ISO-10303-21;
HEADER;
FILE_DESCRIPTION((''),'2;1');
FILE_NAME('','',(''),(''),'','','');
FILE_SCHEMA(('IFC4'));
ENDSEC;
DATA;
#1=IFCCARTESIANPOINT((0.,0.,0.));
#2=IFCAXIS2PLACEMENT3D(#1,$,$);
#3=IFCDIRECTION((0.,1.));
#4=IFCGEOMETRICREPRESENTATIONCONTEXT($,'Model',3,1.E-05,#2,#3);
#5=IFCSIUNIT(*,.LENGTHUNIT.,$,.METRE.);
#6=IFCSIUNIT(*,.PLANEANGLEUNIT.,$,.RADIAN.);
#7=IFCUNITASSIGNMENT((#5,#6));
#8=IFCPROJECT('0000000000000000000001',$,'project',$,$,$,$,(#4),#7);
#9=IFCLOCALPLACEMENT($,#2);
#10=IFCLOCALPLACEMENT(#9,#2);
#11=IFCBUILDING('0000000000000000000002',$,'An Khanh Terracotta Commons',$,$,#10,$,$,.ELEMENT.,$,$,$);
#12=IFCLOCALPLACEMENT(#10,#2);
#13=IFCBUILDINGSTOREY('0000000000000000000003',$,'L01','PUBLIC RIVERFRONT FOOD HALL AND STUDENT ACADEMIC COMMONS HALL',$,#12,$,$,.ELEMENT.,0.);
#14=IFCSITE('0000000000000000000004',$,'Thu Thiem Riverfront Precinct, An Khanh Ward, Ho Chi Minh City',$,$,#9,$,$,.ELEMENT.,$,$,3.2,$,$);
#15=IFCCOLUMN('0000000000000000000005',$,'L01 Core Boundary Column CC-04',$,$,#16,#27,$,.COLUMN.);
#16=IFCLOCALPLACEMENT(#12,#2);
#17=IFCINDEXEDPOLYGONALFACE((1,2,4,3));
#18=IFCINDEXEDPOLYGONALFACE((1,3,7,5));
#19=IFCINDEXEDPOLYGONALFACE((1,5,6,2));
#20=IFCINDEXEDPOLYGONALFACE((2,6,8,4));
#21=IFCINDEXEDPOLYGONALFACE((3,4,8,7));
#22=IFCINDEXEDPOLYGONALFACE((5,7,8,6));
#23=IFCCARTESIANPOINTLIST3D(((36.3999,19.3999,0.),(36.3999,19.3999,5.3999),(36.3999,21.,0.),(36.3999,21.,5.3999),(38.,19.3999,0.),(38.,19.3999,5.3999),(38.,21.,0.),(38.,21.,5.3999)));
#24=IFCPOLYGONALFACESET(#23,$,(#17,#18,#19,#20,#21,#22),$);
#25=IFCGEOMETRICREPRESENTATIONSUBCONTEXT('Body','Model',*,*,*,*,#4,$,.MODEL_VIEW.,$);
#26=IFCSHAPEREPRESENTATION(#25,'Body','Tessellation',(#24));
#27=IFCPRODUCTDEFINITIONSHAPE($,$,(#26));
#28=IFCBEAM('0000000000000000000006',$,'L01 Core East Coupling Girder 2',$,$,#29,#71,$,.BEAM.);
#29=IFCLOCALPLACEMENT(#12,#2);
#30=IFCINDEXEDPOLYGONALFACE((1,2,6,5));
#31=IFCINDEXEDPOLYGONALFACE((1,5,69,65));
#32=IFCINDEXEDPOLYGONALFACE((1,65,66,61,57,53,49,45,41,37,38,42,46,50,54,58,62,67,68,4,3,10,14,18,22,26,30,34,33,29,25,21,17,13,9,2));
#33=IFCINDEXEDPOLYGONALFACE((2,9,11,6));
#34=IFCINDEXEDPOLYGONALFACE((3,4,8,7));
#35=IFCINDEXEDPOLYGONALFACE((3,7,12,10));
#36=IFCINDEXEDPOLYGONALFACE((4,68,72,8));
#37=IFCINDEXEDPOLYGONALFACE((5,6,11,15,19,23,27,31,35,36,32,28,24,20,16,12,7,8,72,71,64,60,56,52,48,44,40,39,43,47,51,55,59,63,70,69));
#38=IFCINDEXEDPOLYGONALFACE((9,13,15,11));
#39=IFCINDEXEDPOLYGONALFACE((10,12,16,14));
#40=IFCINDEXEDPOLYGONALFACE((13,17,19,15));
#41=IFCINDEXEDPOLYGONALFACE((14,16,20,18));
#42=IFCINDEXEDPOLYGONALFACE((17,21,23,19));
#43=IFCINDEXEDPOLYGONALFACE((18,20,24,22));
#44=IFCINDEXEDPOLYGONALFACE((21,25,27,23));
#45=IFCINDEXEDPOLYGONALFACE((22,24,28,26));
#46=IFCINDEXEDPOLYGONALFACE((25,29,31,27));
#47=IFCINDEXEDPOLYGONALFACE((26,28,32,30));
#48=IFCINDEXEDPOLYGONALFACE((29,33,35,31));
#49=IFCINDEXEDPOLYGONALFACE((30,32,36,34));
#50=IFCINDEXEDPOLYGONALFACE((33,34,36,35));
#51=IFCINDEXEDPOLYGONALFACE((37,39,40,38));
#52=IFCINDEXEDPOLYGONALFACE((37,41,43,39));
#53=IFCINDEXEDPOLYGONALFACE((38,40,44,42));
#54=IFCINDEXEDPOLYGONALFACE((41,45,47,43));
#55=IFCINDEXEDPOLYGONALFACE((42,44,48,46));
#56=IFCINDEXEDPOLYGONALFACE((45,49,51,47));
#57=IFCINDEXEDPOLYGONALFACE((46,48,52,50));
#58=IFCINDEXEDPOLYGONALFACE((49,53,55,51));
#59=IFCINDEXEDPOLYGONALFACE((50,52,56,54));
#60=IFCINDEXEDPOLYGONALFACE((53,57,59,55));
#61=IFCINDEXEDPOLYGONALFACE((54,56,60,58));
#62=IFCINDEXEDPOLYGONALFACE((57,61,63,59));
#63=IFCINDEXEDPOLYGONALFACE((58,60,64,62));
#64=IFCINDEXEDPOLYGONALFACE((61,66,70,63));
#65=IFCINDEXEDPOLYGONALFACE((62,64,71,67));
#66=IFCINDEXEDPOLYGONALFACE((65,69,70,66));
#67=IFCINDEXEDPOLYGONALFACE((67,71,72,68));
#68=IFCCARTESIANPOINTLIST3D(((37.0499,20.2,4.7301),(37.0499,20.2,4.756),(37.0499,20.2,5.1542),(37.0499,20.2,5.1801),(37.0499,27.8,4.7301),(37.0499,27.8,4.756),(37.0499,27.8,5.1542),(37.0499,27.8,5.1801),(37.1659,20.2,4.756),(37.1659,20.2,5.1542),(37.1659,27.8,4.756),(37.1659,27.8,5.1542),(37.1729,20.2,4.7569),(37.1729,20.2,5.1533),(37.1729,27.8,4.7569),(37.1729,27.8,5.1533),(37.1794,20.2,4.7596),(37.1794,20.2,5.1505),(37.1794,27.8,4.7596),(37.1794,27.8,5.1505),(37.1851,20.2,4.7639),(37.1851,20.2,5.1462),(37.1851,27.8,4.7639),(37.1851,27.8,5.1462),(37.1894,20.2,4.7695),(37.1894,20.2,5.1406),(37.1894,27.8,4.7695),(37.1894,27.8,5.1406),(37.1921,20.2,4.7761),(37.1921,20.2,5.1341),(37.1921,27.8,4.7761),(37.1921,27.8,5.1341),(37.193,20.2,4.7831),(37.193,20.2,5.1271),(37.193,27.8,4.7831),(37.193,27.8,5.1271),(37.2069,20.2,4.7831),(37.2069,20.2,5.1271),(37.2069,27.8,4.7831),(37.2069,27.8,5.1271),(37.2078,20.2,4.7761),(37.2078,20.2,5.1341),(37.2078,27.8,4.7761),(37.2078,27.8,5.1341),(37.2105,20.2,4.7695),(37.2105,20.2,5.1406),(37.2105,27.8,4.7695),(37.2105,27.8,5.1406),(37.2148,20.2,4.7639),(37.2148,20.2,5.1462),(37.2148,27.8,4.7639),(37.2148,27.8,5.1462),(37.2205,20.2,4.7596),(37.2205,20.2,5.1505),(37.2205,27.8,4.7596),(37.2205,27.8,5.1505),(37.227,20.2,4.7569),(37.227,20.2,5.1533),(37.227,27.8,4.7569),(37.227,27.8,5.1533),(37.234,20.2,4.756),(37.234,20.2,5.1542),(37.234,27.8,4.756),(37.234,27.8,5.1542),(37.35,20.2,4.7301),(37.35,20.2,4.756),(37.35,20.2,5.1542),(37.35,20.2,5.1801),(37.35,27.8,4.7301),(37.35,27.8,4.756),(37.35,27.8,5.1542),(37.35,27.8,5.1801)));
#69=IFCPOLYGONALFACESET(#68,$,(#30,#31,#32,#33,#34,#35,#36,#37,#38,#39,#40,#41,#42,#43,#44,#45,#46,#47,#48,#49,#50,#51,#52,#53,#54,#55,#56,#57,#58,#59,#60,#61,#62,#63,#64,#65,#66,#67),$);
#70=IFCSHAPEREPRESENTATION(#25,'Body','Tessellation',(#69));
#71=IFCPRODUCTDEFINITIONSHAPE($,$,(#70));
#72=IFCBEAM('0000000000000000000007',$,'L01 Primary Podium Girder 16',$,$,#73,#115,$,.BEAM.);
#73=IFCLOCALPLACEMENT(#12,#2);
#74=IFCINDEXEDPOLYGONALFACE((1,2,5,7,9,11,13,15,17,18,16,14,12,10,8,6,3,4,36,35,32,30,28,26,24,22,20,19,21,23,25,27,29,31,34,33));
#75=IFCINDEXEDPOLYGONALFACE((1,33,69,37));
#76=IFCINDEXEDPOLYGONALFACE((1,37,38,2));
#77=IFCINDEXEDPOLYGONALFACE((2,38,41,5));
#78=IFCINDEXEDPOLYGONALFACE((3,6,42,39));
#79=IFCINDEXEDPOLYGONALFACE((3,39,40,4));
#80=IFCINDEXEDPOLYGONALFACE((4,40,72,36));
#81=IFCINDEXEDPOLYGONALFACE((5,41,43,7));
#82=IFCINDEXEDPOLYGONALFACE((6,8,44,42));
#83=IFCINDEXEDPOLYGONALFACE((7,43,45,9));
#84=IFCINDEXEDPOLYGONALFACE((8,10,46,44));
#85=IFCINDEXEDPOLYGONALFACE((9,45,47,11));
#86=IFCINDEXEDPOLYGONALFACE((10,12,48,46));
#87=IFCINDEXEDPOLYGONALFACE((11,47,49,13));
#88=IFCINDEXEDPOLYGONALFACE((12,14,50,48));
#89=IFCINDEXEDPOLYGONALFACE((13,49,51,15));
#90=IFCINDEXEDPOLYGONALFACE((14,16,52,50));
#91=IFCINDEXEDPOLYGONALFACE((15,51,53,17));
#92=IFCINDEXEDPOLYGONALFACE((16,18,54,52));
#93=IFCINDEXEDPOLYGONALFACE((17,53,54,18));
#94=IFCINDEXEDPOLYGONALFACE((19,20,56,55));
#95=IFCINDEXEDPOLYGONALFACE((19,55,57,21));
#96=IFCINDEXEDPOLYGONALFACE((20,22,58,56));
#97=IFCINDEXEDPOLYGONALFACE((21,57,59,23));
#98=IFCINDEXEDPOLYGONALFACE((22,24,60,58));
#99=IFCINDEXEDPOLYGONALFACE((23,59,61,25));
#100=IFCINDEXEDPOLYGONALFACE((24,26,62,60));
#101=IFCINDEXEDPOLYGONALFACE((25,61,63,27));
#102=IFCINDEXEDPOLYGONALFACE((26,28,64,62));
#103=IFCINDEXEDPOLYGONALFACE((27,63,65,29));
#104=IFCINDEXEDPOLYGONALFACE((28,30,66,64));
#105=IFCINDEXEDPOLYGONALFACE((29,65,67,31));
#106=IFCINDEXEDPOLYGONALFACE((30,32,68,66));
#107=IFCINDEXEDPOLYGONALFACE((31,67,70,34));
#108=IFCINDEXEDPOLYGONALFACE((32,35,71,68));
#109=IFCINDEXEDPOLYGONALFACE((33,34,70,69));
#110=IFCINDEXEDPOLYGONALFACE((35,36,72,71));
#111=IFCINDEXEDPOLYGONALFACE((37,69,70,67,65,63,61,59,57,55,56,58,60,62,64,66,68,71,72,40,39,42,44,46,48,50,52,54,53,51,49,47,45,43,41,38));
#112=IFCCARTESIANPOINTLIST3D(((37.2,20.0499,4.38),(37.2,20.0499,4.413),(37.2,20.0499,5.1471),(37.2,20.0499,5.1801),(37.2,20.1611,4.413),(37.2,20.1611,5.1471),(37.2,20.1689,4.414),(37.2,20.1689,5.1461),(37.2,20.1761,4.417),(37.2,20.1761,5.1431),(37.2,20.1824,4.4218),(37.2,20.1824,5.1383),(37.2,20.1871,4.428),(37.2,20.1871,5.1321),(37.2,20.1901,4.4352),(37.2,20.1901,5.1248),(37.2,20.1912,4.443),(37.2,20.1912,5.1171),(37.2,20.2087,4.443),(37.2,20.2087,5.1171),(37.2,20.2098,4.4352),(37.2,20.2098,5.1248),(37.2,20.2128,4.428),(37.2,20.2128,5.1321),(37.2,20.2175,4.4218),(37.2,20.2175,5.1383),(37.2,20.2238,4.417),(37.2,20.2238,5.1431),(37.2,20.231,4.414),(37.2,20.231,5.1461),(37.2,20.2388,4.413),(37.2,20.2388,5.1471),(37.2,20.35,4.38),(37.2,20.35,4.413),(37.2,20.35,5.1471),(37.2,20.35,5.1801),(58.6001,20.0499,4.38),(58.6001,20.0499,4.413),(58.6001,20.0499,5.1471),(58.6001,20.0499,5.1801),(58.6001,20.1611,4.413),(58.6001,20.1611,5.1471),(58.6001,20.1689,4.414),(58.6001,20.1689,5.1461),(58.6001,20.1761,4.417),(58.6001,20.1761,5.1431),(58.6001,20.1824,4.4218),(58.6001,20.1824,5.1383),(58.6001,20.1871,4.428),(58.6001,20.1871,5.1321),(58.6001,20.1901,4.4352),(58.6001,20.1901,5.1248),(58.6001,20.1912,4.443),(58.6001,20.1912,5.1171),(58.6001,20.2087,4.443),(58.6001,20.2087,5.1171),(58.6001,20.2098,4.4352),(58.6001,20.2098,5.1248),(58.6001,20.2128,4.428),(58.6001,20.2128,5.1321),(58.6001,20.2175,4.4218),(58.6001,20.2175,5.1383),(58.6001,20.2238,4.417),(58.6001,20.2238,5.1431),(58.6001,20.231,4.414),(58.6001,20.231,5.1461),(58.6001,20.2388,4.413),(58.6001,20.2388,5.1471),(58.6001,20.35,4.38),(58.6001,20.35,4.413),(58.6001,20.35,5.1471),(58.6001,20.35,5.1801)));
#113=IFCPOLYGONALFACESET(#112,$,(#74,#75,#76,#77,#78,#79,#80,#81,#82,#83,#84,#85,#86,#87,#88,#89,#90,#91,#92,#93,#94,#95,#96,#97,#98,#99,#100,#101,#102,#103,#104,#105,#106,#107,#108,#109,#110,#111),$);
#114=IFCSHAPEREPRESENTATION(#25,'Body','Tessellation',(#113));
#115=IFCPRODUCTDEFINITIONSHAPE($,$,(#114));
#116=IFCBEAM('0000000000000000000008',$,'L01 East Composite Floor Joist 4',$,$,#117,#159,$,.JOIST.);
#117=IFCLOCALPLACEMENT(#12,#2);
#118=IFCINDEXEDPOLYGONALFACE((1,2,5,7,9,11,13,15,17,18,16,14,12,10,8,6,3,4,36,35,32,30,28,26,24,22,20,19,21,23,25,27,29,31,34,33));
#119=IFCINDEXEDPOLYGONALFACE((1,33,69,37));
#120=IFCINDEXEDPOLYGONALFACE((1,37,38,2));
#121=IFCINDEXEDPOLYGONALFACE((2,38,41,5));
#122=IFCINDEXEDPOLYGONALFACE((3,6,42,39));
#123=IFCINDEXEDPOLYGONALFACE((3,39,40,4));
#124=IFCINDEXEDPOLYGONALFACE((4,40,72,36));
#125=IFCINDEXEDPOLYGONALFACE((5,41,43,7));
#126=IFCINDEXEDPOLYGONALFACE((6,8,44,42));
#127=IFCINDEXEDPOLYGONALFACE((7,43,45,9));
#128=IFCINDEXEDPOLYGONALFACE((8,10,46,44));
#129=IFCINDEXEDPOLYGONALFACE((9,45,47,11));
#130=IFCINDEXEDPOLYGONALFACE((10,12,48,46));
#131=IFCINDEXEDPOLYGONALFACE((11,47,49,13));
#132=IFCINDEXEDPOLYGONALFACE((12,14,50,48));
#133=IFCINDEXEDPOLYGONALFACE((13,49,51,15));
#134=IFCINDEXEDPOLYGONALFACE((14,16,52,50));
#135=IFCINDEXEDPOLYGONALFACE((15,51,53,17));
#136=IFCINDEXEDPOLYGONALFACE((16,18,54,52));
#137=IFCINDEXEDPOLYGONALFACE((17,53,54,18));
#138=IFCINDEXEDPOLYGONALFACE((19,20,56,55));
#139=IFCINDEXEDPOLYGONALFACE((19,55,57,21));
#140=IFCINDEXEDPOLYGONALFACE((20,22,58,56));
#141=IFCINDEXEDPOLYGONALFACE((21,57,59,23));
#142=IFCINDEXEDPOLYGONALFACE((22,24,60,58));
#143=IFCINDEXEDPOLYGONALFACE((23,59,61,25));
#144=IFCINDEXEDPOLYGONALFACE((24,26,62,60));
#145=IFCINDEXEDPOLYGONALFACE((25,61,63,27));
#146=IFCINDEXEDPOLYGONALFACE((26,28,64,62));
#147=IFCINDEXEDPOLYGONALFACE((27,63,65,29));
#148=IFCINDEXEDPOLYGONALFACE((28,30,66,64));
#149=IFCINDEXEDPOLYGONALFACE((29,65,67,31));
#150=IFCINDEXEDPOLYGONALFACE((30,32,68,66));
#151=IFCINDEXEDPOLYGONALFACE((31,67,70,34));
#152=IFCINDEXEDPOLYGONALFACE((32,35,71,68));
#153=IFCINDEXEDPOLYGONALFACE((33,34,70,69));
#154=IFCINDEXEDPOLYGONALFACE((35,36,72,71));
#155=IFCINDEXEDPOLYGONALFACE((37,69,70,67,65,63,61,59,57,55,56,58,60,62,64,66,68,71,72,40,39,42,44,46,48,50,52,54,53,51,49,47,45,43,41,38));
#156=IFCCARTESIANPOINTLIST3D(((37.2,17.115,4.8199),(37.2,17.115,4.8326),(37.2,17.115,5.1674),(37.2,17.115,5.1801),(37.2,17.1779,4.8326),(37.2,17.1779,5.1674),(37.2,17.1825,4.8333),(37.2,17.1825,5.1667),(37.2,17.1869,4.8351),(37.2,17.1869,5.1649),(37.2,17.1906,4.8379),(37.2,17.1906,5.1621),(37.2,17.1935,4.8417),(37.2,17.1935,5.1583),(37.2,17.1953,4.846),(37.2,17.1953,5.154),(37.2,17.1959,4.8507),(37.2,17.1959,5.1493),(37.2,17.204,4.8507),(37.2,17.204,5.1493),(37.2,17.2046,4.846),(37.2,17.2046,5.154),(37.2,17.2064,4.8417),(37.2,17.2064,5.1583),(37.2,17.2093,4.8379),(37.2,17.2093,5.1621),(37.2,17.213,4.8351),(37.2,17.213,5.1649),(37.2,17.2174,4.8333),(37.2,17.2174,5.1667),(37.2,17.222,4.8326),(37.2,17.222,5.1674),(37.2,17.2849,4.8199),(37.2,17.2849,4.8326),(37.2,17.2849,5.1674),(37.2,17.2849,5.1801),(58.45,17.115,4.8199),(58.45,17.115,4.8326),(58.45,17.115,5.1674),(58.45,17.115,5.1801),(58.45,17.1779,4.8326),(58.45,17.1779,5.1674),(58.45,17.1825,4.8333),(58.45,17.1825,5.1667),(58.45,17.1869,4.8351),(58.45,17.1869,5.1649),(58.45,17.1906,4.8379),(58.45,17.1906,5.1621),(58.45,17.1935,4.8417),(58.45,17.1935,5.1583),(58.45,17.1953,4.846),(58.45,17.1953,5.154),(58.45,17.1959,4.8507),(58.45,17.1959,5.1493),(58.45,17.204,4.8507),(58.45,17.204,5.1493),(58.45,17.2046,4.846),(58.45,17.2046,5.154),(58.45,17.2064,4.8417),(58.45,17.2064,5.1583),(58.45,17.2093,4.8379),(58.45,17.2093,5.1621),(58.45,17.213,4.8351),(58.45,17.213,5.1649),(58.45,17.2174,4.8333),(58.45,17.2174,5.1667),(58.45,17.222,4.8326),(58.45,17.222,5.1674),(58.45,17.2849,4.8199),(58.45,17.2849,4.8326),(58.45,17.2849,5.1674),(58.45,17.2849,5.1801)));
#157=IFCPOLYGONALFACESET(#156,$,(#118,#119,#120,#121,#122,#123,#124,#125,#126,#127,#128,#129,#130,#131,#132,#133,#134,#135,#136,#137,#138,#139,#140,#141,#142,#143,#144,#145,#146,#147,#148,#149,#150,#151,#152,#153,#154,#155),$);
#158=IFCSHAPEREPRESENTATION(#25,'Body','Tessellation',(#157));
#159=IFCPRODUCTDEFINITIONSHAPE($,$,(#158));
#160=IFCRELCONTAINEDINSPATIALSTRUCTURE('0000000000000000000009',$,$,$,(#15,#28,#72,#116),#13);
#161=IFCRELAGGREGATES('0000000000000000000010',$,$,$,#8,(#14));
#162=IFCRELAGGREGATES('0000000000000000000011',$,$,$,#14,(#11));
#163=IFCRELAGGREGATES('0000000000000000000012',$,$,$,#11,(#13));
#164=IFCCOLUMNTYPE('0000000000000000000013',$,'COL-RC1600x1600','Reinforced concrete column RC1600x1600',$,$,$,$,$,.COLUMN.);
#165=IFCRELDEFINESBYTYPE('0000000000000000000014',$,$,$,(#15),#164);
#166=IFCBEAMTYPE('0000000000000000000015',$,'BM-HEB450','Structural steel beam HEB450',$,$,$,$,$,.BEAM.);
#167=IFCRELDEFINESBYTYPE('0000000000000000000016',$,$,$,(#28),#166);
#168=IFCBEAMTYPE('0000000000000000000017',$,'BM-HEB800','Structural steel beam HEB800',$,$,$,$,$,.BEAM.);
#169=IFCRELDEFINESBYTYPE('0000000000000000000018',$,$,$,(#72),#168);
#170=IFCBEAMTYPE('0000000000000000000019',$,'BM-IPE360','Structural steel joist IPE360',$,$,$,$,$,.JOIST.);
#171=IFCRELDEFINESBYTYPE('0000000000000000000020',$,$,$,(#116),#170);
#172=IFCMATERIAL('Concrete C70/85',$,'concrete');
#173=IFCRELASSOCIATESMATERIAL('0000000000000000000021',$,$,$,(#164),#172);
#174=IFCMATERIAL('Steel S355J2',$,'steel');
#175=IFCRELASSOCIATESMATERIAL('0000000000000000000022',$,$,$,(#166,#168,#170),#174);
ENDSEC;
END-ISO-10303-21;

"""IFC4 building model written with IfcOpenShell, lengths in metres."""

from ifc_helpers import new_model, si_unit, direction, frame, origin, origin_2d, place, context, subcontext, project, spatial, rectangle, i_section, extrude, material, material_profile, profile_set, type_object, element, save


model = new_model("IFC4")

# Units and contexts
model_context = context("Model", 3, precision=1e-05, world=origin(), true_north=direction((0.0, 1.0)))
body_context = subcontext(model_context, "Body", "Model", "MODEL_VIEW")
ifc_project = project(units=[si_unit("LENGTHUNIT", "METRE"), si_unit("PLANEANGLEUNIT", "RADIAN")], contexts=[model_context])

# Site, building, storey
site_placement = place(None, origin())
site = spatial("IfcSite", under=ifc_project, at=site_placement, Name="Thu Thiem Riverfront Precinct, An Khanh Ward, Ho Chi Minh City", CompositionType="ELEMENT", RefElevation=3.2)
building_placement = place(site_placement, origin())
building = spatial("IfcBuilding", under=site, at=building_placement, Name="An Khanh Terracotta Commons", CompositionType="ELEMENT")
storey_placement = place(building_placement, origin())
storey = spatial("IfcBuildingStorey", under=building, at=storey_placement, Name="L01", Description="PUBLIC RIVERFRONT FOOD HALL AND STUDENT ACADEMIC COMMONS HALL", CompositionType="ELEMENT", Elevation=0.0)

# Column
ifc_material_1 = material(Name="Concrete C70/85", Category="concrete")
ifc_material_profile_1 = material_profile(ifc_material_1, rectangle(XDim=1.6001, YDim=1.6001, at=origin_2d()), Name="RC1600x1600")
ifc_profile_set_1 = profile_set([ifc_material_profile_1], Name="Concrete C70/85")
column_type = type_object("IfcColumnType", Name="COL-RC1600x1600", Description="Reinforced concrete column RC1600x1600", PredefinedType="COLUMN", material=ifc_profile_set_1)
column_placement = place(storey_placement, frame((37.2, 20.2, 0.0), z_axis=(0.0, 0.0, 1.0), x_axis=(1.0, 0.0, 0.0)))
element("IfcColumn", 1, at=column_placement, inside=storey, type_object=column_type, Name="L01 Core Boundary Column CC-04", PredefinedType="COLUMN", context=body_context, shape_type="SweptSolid", body=[
    extrude(rectangle(XDim=1.6001, YDim=1.6001, at=origin_2d()), origin(), (0.0, 0.0, 1.0), 5.3999),
])

# Beams
ifc_material_2 = material(Name="Steel S355J2", Category="steel")
ifc_material_profile_2 = material_profile(ifc_material_2, i_section(OverallWidth=0.3, OverallDepth=0.45, WebThickness=0.0139, FlangeThickness=0.0259, FilletRadius=0.0271, at=origin_2d()), Name="HEB450")
ifc_profile_set_2 = profile_set([ifc_material_profile_2], Name="Steel S355J2")
beam_type_1 = type_object("IfcBeamType", Name="BM-HEB450", Description="Structural steel beam HEB450", PredefinedType="BEAM", material=ifc_profile_set_2)
beam_1_placement = place(storey_placement, frame((37.2, 20.2, 4.9551), z_axis=(0.0, 1.0, 0.0), x_axis=(-1.0, 0.0, 0.0)))
element("IfcBeam", 2, at=beam_1_placement, inside=storey, type_object=beam_type_1, Name="L01 Core East Coupling Girder 2", PredefinedType="BEAM", context=body_context, shape_type="SweptSolid", body=[
    extrude(i_section(OverallWidth=0.3, OverallDepth=0.45, WebThickness=0.0139, FlangeThickness=0.0259, FilletRadius=0.0271, at=origin_2d()), origin(), (0.0, 0.0, 1.0), 7.6001),
])
ifc_material_profile_3 = material_profile(ifc_material_2, i_section(OverallWidth=0.3, OverallDepth=0.8, WebThickness=0.0176, FlangeThickness=0.033, FilletRadius=0.03, at=origin_2d()), Name="HEB800")
ifc_profile_set_3 = profile_set([ifc_material_profile_3], Name="Steel S355J2")
beam_type_2 = type_object("IfcBeamType", Name="BM-HEB800", Description="Structural steel beam HEB800", PredefinedType="BEAM", material=ifc_profile_set_3)
beam_2_placement = place(storey_placement, frame((37.2, 20.2, 4.78), z_axis=(1.0, 0.0, 0.0), x_axis=(0.0, 1.0, 0.0)))
element("IfcBeam", 3, at=beam_2_placement, inside=storey, type_object=beam_type_2, Name="L01 Primary Podium Girder 16", PredefinedType="BEAM", context=body_context, shape_type="SweptSolid", body=[
    extrude(i_section(OverallWidth=0.3, OverallDepth=0.8, WebThickness=0.0176, FlangeThickness=0.033, FilletRadius=0.03, at=origin_2d()), origin(), (0.0, 0.0, 1.0), 21.4001),
])
ifc_material_profile_4 = material_profile(ifc_material_2, i_section(OverallWidth=0.1699, OverallDepth=0.3601, WebThickness=0.0081, FlangeThickness=0.0127, FilletRadius=0.0181, at=origin_2d()), Name="IPE360")
ifc_profile_set_4 = profile_set([ifc_material_profile_4], Name="Steel S355J2")
beam_type_3 = type_object("IfcBeamType", Name="BM-IPE360", Description="Structural steel joist IPE360", PredefinedType="JOIST", material=ifc_profile_set_4)
beam_3_placement = place(storey_placement, frame((37.2, 17.2, 5.0), z_axis=(1.0, 0.0, 0.0), x_axis=(0.0, 1.0, 0.0)))
element("IfcBeam", 4, at=beam_3_placement, inside=storey, type_object=beam_type_3, Name="L01 East Composite Floor Joist 4", PredefinedType="JOIST", context=body_context, shape_type="SweptSolid", body=[
    extrude(i_section(OverallWidth=0.1699, OverallDepth=0.3601, WebThickness=0.0081, FlangeThickness=0.0127, FilletRadius=0.0181, at=origin_2d()), origin(), (0.0, 0.0, 1.0), 21.25),
])

save(model, "model.ifc")
